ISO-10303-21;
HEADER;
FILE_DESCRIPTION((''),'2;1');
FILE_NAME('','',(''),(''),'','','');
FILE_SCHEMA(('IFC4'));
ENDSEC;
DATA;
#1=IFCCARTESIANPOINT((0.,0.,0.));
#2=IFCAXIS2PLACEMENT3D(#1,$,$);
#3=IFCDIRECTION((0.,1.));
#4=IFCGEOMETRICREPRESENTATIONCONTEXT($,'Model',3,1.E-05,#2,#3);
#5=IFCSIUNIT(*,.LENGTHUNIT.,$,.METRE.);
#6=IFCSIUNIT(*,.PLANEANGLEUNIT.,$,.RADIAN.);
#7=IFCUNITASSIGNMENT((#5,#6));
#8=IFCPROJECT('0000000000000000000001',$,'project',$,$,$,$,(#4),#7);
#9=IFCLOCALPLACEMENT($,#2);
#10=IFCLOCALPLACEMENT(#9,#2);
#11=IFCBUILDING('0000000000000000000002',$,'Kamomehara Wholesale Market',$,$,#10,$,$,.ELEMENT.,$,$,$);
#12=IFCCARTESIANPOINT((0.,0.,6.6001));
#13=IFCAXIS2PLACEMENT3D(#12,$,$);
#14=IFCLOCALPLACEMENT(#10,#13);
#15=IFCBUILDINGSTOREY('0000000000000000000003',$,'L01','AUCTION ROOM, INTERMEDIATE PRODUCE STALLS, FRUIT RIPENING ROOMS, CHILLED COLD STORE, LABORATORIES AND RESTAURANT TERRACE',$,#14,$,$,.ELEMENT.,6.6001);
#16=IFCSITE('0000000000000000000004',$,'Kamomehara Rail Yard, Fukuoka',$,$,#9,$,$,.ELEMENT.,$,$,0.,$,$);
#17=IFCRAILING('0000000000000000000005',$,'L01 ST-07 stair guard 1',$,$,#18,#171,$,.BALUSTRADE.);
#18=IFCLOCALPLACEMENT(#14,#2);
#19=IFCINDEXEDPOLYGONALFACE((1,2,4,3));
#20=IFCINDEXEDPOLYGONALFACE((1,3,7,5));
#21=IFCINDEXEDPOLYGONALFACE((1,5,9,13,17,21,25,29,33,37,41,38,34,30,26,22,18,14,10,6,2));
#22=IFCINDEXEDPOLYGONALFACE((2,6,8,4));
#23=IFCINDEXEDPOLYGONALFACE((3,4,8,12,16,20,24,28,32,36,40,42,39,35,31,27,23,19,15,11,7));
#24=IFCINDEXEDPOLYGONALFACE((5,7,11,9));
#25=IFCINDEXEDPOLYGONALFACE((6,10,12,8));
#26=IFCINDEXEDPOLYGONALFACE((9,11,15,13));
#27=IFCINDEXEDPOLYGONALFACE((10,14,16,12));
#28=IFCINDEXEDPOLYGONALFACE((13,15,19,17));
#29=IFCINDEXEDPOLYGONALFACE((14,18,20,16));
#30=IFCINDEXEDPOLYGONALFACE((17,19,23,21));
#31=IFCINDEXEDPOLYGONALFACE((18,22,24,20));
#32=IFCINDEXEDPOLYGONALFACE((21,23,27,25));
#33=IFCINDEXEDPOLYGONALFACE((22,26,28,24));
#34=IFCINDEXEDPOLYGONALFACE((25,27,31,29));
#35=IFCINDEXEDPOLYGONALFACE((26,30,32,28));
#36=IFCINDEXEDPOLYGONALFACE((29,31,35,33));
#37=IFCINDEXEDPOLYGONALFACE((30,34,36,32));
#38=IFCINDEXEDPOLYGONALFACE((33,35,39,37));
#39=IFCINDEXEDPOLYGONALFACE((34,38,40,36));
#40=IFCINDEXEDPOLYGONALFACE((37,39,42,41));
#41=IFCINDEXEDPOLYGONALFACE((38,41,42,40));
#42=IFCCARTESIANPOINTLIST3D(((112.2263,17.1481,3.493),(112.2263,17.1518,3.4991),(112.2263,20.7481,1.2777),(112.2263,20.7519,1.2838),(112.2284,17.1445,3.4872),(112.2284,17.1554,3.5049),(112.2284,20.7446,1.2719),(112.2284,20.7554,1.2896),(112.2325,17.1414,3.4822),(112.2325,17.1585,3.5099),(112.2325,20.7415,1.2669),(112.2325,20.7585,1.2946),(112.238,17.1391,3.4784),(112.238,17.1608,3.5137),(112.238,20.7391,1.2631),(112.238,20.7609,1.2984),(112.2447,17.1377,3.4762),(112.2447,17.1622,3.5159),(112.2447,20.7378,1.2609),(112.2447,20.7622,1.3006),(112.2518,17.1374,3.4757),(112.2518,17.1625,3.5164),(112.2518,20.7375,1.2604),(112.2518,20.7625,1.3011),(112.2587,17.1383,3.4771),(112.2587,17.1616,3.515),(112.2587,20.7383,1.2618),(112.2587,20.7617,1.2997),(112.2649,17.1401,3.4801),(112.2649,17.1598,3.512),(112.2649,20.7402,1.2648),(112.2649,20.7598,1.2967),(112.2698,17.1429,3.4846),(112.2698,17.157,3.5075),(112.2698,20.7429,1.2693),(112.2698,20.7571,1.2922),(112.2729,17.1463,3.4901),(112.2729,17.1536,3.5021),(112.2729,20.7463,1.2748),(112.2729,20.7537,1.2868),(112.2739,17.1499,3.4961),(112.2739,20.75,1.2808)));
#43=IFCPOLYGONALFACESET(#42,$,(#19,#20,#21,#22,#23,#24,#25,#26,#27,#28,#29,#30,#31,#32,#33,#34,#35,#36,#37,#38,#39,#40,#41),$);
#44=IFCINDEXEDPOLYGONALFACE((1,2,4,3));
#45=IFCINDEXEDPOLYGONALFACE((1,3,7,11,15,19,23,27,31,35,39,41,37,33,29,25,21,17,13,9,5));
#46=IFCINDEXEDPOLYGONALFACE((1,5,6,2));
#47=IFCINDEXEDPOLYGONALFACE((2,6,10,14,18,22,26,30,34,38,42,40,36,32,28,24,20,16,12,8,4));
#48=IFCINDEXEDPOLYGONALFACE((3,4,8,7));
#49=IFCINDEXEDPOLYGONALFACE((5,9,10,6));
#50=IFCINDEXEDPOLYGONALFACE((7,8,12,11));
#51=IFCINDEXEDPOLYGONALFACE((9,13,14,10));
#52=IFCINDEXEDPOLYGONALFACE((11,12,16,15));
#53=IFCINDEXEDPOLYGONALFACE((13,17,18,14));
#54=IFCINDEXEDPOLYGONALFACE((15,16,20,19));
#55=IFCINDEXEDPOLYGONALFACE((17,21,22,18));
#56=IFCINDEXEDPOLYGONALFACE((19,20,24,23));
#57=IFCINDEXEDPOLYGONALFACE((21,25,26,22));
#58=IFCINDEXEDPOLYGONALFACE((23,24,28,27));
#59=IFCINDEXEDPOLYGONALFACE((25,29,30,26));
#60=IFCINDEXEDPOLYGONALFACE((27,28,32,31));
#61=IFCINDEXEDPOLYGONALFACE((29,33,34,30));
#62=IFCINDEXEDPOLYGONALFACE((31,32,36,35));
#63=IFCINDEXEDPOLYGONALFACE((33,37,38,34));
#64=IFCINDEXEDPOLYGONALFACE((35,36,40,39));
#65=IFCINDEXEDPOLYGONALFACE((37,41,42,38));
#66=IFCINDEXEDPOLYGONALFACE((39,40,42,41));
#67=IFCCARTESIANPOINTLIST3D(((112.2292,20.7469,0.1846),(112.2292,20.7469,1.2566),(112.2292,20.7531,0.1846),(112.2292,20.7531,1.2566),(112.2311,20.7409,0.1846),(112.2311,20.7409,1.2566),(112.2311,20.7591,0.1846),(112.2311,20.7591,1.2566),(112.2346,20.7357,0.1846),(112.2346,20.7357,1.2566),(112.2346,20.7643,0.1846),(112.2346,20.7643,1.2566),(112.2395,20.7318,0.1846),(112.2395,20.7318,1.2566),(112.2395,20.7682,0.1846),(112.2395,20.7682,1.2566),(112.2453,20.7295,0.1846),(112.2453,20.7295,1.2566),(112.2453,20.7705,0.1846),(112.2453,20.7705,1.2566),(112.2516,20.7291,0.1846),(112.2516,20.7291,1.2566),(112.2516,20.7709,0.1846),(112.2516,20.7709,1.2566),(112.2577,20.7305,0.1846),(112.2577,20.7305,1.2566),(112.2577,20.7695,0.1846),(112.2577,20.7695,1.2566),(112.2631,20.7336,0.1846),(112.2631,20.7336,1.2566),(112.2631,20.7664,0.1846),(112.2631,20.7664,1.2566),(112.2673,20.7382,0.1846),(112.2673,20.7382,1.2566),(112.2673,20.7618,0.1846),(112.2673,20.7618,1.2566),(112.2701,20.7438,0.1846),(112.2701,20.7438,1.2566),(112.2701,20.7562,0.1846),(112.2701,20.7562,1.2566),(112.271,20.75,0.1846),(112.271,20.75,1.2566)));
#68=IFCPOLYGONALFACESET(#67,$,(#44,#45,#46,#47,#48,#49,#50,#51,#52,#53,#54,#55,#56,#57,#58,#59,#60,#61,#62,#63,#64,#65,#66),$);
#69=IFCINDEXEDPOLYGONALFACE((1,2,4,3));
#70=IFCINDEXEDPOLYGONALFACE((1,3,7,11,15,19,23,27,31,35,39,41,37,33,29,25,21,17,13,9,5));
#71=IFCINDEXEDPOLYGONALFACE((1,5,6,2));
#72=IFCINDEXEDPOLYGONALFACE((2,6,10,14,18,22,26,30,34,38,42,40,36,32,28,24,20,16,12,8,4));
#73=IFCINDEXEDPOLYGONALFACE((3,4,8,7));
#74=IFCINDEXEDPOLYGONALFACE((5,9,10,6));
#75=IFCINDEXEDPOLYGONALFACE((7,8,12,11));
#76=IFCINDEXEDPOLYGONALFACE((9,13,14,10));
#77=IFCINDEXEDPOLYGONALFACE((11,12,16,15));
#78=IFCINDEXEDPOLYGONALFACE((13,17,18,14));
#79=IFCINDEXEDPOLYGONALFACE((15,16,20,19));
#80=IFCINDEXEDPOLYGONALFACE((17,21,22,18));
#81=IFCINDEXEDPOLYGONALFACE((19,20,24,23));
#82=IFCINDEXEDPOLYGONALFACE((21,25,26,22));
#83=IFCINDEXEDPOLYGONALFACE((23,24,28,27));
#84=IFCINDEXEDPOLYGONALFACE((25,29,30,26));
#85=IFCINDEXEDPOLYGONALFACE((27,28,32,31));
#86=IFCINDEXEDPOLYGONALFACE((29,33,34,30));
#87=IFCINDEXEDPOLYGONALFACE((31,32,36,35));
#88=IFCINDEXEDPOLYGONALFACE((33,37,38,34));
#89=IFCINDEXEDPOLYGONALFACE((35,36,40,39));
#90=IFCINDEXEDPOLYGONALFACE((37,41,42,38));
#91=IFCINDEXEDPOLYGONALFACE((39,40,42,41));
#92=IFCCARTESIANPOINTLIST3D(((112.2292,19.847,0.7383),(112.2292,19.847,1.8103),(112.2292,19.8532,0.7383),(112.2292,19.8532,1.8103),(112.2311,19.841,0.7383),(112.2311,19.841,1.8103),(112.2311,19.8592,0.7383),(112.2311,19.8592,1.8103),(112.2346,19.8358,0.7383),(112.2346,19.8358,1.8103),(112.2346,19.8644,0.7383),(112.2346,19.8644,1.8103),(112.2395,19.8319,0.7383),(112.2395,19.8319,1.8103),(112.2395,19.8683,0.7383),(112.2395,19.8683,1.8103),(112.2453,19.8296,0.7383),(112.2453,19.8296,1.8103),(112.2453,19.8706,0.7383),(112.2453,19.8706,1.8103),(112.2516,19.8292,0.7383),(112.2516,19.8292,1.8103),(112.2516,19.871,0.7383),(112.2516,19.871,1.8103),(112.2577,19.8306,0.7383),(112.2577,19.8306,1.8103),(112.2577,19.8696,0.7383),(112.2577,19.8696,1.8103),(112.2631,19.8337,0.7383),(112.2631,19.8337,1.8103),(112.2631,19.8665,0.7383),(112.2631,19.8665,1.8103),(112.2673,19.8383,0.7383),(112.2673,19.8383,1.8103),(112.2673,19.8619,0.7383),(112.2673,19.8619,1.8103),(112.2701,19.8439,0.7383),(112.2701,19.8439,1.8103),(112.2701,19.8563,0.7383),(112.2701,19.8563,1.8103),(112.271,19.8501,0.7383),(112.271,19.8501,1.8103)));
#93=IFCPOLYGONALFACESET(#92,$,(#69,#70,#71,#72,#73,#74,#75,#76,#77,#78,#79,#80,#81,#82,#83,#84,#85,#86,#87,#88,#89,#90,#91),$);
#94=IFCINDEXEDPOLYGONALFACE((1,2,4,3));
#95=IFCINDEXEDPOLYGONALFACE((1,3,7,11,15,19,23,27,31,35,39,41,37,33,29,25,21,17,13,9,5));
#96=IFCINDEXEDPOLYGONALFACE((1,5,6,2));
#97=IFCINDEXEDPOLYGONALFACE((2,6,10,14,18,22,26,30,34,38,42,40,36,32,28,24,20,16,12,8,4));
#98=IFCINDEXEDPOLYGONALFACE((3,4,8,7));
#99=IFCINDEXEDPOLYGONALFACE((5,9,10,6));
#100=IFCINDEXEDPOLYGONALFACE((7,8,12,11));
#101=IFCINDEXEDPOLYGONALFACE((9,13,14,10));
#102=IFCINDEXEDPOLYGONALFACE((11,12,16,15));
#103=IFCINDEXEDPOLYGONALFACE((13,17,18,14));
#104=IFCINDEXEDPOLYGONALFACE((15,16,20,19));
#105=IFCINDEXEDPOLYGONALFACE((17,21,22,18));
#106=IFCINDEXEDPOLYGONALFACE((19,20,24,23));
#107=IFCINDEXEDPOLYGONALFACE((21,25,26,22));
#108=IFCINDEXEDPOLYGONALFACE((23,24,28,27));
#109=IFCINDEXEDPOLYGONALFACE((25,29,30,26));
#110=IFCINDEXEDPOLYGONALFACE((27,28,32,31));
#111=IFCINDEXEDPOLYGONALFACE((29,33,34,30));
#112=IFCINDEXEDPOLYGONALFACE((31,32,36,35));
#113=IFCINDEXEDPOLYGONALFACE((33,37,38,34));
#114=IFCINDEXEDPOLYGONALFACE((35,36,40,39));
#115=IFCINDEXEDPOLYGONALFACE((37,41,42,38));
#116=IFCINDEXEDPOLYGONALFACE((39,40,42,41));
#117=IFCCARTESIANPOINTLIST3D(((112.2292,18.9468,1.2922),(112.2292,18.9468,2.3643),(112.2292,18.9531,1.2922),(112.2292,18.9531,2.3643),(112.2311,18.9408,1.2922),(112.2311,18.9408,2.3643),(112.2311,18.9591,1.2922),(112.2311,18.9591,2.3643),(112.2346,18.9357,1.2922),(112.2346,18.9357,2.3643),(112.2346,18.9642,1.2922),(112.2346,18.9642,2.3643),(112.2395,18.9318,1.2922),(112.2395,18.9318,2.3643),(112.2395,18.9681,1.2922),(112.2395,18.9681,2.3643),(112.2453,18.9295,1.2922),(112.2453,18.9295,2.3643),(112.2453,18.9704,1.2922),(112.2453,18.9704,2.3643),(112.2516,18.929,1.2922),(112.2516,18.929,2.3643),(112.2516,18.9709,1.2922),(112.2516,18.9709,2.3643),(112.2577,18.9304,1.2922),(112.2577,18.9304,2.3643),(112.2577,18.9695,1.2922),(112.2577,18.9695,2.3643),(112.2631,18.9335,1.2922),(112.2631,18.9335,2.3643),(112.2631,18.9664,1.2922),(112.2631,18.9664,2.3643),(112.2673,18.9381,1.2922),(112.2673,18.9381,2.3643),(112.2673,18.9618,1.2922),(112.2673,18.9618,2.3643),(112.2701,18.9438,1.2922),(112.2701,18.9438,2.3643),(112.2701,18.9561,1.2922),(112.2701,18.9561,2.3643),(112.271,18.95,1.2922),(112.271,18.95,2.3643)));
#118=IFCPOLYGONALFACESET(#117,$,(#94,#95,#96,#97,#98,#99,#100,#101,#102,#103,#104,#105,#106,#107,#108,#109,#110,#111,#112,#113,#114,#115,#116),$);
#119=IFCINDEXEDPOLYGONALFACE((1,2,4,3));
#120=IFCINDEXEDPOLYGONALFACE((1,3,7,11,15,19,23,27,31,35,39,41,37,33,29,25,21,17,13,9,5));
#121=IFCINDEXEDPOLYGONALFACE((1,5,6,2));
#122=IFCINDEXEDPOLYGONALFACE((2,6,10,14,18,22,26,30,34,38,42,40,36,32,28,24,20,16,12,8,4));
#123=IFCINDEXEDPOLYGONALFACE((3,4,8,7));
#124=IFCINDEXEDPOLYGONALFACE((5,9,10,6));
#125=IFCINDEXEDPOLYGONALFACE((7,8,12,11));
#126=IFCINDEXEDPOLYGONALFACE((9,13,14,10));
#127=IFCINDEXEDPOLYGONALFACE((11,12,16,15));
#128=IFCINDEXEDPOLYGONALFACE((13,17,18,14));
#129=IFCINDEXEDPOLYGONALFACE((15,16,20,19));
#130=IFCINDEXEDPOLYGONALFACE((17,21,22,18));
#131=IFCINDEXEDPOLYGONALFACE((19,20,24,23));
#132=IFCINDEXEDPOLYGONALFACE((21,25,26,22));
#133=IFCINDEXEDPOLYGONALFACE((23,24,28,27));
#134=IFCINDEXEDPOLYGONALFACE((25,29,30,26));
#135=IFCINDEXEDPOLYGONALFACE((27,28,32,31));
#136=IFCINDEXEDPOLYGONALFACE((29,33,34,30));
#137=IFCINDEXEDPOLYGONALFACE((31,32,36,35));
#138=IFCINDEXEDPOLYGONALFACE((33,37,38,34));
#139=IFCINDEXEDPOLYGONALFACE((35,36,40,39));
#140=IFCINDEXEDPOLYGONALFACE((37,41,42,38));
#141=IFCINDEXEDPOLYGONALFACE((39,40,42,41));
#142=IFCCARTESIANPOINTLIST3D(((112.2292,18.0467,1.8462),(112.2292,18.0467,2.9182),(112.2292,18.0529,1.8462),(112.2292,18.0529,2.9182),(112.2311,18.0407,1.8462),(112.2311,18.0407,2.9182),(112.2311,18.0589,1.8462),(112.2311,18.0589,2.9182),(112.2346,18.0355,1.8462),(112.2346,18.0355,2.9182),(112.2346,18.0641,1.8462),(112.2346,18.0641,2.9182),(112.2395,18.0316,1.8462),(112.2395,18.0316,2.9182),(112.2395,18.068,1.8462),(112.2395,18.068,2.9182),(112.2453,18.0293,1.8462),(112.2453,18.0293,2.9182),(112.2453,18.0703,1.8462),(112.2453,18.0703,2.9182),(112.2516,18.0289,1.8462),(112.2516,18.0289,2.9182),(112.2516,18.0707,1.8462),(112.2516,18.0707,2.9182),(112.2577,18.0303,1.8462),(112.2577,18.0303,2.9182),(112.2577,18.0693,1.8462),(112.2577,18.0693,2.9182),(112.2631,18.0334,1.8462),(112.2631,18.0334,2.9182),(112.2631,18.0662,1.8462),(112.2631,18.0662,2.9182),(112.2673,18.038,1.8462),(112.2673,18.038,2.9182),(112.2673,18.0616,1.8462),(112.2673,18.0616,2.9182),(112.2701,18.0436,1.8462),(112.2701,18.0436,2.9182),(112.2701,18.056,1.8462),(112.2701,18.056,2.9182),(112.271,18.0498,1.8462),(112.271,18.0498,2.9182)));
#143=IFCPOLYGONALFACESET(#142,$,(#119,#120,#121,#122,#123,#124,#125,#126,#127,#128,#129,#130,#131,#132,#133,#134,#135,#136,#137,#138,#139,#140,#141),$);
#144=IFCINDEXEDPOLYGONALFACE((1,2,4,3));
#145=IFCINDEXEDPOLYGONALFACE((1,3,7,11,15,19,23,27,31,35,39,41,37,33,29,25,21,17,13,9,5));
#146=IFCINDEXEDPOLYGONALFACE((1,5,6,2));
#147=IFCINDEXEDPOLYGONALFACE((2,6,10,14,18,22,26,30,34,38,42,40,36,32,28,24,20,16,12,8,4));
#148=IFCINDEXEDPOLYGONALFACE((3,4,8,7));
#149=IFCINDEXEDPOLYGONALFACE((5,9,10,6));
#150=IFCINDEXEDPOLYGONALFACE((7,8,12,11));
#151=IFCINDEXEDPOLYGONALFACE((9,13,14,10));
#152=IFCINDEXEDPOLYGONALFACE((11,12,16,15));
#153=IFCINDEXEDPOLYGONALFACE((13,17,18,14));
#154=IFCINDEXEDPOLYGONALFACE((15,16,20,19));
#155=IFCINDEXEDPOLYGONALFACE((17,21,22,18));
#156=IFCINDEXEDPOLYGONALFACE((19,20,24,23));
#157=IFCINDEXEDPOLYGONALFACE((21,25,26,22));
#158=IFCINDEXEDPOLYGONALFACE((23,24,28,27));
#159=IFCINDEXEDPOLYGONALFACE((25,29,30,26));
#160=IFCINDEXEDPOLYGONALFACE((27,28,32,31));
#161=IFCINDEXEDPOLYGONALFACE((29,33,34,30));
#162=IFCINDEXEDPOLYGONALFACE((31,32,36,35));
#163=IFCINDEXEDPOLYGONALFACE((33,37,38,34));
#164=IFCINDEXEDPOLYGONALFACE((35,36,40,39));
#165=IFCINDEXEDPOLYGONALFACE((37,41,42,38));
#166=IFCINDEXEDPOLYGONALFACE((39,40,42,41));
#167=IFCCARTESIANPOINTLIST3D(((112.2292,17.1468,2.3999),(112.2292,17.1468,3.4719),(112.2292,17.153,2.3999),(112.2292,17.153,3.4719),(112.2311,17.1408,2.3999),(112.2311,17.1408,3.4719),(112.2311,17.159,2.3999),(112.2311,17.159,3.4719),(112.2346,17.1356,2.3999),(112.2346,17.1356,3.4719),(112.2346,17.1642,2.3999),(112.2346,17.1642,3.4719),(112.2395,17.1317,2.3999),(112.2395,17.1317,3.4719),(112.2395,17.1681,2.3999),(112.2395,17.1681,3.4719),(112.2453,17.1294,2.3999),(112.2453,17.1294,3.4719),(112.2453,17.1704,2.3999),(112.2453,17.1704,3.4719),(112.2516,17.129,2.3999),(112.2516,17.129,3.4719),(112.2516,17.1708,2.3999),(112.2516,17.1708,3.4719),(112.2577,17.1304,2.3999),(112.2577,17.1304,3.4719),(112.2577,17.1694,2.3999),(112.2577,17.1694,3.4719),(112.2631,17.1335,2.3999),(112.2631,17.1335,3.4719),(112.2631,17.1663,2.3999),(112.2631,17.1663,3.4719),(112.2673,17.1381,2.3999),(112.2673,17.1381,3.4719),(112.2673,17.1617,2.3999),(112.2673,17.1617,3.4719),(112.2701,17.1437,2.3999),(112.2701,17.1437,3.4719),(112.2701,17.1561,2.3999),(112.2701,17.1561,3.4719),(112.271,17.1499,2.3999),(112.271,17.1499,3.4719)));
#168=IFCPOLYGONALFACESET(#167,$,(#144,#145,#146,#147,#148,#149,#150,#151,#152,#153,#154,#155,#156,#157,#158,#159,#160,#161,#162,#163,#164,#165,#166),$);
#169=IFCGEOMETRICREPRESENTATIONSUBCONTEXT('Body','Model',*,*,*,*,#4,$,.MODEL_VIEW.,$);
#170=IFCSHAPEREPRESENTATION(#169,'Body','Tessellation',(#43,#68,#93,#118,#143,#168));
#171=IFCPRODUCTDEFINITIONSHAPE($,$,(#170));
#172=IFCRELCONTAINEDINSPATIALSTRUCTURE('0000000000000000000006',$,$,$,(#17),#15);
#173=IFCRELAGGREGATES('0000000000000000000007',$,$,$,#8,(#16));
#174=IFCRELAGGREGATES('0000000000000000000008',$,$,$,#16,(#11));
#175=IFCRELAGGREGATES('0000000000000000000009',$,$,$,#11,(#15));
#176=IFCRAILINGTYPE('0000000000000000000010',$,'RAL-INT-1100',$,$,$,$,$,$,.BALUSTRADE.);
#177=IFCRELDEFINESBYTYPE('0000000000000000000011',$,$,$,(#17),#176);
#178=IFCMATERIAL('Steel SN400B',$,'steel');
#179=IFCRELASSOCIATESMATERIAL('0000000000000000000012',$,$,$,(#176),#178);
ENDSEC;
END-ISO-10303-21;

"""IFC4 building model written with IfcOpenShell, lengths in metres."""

from ifc_helpers import new_model, si_unit, direction, frame, origin, origin_2d, place, context, subcontext, project, spatial, circle, extrude, material, type_object, element, save


model = new_model("IFC4")

# Units and contexts
model_context = context("Model", 3, precision=1e-05, world=origin(), true_north=direction((0.0, 1.0)))
body_context = subcontext(model_context, "Body", "Model", "MODEL_VIEW")
ifc_project = project(units=[si_unit("LENGTHUNIT", "METRE"), si_unit("PLANEANGLEUNIT", "RADIAN")], contexts=[model_context])

# Site, building, storey
site_placement = place(None, origin())
site = spatial("IfcSite", under=ifc_project, at=site_placement, Name="Kamomehara Rail Yard, Fukuoka", CompositionType="ELEMENT", RefElevation=0.0)
building_placement = place(site_placement, origin())
building = spatial("IfcBuilding", under=site, at=building_placement, Name="Kamomehara Wholesale Market", CompositionType="ELEMENT")
storey_placement = place(building_placement, frame((0.0, 0.0, 6.6001)))
storey = spatial("IfcBuildingStorey", under=building, at=storey_placement, Name="L01", Description="AUCTION ROOM, INTERMEDIATE PRODUCE STALLS, FRUIT RIPENING ROOMS, CHILLED COLD STORE, LABORATORIES AND RESTAURANT TERRACE", CompositionType="ELEMENT", Elevation=6.6001)

# Railing
ifc_material_1 = material(Name="Steel SN400B", Category="steel")
railing_type_1 = type_object("IfcRailingType", Name="RAL-INT-1100", PredefinedType="BALUSTRADE", material=ifc_material_1)
railing_1_placement = place(storey_placement, frame((112.25, 20.75, 0.1846)))
element("IfcRailing", 1, at=railing_1_placement, inside=storey, type_object=railing_type_1, Name="L01 ST-07 stair guard 1", PredefinedType="BALUSTRADE", context=body_context, shape_type="SweptSolid", body=[
    extrude(circle(Radius=0.0239, at=origin_2d()), frame((0.0, 0.0, 1.0962), z_axis=(0.0, -0.85167, 0.524078), x_axis=(1.0, 0.0, 0.0)), (0.0, 0.0, 1.0), 4.2271),
    extrude(circle(Radius=0.021, at=origin_2d()), origin(), (0.0, 0.0, 1.0), 1.072),
    extrude(circle(Radius=0.021, at=origin_2d()), frame((0.0, -0.8999, 0.5537)), (0.0, 0.0, 1.0), 1.072),
    extrude(circle(Radius=0.021, at=origin_2d()), frame((0.0, -1.8, 1.1077)), (0.0, 0.0, 1.0), 1.072),
    extrude(circle(Radius=0.021, at=origin_2d()), frame((0.0, -2.7002, 1.6616)), (0.0, 0.0, 1.0), 1.072),
    extrude(circle(Radius=0.021, at=origin_2d()), frame((0.0, -3.6001, 2.2153)), (0.0, 0.0, 1.0), 1.072),
])

save(model, "model.ifc")
